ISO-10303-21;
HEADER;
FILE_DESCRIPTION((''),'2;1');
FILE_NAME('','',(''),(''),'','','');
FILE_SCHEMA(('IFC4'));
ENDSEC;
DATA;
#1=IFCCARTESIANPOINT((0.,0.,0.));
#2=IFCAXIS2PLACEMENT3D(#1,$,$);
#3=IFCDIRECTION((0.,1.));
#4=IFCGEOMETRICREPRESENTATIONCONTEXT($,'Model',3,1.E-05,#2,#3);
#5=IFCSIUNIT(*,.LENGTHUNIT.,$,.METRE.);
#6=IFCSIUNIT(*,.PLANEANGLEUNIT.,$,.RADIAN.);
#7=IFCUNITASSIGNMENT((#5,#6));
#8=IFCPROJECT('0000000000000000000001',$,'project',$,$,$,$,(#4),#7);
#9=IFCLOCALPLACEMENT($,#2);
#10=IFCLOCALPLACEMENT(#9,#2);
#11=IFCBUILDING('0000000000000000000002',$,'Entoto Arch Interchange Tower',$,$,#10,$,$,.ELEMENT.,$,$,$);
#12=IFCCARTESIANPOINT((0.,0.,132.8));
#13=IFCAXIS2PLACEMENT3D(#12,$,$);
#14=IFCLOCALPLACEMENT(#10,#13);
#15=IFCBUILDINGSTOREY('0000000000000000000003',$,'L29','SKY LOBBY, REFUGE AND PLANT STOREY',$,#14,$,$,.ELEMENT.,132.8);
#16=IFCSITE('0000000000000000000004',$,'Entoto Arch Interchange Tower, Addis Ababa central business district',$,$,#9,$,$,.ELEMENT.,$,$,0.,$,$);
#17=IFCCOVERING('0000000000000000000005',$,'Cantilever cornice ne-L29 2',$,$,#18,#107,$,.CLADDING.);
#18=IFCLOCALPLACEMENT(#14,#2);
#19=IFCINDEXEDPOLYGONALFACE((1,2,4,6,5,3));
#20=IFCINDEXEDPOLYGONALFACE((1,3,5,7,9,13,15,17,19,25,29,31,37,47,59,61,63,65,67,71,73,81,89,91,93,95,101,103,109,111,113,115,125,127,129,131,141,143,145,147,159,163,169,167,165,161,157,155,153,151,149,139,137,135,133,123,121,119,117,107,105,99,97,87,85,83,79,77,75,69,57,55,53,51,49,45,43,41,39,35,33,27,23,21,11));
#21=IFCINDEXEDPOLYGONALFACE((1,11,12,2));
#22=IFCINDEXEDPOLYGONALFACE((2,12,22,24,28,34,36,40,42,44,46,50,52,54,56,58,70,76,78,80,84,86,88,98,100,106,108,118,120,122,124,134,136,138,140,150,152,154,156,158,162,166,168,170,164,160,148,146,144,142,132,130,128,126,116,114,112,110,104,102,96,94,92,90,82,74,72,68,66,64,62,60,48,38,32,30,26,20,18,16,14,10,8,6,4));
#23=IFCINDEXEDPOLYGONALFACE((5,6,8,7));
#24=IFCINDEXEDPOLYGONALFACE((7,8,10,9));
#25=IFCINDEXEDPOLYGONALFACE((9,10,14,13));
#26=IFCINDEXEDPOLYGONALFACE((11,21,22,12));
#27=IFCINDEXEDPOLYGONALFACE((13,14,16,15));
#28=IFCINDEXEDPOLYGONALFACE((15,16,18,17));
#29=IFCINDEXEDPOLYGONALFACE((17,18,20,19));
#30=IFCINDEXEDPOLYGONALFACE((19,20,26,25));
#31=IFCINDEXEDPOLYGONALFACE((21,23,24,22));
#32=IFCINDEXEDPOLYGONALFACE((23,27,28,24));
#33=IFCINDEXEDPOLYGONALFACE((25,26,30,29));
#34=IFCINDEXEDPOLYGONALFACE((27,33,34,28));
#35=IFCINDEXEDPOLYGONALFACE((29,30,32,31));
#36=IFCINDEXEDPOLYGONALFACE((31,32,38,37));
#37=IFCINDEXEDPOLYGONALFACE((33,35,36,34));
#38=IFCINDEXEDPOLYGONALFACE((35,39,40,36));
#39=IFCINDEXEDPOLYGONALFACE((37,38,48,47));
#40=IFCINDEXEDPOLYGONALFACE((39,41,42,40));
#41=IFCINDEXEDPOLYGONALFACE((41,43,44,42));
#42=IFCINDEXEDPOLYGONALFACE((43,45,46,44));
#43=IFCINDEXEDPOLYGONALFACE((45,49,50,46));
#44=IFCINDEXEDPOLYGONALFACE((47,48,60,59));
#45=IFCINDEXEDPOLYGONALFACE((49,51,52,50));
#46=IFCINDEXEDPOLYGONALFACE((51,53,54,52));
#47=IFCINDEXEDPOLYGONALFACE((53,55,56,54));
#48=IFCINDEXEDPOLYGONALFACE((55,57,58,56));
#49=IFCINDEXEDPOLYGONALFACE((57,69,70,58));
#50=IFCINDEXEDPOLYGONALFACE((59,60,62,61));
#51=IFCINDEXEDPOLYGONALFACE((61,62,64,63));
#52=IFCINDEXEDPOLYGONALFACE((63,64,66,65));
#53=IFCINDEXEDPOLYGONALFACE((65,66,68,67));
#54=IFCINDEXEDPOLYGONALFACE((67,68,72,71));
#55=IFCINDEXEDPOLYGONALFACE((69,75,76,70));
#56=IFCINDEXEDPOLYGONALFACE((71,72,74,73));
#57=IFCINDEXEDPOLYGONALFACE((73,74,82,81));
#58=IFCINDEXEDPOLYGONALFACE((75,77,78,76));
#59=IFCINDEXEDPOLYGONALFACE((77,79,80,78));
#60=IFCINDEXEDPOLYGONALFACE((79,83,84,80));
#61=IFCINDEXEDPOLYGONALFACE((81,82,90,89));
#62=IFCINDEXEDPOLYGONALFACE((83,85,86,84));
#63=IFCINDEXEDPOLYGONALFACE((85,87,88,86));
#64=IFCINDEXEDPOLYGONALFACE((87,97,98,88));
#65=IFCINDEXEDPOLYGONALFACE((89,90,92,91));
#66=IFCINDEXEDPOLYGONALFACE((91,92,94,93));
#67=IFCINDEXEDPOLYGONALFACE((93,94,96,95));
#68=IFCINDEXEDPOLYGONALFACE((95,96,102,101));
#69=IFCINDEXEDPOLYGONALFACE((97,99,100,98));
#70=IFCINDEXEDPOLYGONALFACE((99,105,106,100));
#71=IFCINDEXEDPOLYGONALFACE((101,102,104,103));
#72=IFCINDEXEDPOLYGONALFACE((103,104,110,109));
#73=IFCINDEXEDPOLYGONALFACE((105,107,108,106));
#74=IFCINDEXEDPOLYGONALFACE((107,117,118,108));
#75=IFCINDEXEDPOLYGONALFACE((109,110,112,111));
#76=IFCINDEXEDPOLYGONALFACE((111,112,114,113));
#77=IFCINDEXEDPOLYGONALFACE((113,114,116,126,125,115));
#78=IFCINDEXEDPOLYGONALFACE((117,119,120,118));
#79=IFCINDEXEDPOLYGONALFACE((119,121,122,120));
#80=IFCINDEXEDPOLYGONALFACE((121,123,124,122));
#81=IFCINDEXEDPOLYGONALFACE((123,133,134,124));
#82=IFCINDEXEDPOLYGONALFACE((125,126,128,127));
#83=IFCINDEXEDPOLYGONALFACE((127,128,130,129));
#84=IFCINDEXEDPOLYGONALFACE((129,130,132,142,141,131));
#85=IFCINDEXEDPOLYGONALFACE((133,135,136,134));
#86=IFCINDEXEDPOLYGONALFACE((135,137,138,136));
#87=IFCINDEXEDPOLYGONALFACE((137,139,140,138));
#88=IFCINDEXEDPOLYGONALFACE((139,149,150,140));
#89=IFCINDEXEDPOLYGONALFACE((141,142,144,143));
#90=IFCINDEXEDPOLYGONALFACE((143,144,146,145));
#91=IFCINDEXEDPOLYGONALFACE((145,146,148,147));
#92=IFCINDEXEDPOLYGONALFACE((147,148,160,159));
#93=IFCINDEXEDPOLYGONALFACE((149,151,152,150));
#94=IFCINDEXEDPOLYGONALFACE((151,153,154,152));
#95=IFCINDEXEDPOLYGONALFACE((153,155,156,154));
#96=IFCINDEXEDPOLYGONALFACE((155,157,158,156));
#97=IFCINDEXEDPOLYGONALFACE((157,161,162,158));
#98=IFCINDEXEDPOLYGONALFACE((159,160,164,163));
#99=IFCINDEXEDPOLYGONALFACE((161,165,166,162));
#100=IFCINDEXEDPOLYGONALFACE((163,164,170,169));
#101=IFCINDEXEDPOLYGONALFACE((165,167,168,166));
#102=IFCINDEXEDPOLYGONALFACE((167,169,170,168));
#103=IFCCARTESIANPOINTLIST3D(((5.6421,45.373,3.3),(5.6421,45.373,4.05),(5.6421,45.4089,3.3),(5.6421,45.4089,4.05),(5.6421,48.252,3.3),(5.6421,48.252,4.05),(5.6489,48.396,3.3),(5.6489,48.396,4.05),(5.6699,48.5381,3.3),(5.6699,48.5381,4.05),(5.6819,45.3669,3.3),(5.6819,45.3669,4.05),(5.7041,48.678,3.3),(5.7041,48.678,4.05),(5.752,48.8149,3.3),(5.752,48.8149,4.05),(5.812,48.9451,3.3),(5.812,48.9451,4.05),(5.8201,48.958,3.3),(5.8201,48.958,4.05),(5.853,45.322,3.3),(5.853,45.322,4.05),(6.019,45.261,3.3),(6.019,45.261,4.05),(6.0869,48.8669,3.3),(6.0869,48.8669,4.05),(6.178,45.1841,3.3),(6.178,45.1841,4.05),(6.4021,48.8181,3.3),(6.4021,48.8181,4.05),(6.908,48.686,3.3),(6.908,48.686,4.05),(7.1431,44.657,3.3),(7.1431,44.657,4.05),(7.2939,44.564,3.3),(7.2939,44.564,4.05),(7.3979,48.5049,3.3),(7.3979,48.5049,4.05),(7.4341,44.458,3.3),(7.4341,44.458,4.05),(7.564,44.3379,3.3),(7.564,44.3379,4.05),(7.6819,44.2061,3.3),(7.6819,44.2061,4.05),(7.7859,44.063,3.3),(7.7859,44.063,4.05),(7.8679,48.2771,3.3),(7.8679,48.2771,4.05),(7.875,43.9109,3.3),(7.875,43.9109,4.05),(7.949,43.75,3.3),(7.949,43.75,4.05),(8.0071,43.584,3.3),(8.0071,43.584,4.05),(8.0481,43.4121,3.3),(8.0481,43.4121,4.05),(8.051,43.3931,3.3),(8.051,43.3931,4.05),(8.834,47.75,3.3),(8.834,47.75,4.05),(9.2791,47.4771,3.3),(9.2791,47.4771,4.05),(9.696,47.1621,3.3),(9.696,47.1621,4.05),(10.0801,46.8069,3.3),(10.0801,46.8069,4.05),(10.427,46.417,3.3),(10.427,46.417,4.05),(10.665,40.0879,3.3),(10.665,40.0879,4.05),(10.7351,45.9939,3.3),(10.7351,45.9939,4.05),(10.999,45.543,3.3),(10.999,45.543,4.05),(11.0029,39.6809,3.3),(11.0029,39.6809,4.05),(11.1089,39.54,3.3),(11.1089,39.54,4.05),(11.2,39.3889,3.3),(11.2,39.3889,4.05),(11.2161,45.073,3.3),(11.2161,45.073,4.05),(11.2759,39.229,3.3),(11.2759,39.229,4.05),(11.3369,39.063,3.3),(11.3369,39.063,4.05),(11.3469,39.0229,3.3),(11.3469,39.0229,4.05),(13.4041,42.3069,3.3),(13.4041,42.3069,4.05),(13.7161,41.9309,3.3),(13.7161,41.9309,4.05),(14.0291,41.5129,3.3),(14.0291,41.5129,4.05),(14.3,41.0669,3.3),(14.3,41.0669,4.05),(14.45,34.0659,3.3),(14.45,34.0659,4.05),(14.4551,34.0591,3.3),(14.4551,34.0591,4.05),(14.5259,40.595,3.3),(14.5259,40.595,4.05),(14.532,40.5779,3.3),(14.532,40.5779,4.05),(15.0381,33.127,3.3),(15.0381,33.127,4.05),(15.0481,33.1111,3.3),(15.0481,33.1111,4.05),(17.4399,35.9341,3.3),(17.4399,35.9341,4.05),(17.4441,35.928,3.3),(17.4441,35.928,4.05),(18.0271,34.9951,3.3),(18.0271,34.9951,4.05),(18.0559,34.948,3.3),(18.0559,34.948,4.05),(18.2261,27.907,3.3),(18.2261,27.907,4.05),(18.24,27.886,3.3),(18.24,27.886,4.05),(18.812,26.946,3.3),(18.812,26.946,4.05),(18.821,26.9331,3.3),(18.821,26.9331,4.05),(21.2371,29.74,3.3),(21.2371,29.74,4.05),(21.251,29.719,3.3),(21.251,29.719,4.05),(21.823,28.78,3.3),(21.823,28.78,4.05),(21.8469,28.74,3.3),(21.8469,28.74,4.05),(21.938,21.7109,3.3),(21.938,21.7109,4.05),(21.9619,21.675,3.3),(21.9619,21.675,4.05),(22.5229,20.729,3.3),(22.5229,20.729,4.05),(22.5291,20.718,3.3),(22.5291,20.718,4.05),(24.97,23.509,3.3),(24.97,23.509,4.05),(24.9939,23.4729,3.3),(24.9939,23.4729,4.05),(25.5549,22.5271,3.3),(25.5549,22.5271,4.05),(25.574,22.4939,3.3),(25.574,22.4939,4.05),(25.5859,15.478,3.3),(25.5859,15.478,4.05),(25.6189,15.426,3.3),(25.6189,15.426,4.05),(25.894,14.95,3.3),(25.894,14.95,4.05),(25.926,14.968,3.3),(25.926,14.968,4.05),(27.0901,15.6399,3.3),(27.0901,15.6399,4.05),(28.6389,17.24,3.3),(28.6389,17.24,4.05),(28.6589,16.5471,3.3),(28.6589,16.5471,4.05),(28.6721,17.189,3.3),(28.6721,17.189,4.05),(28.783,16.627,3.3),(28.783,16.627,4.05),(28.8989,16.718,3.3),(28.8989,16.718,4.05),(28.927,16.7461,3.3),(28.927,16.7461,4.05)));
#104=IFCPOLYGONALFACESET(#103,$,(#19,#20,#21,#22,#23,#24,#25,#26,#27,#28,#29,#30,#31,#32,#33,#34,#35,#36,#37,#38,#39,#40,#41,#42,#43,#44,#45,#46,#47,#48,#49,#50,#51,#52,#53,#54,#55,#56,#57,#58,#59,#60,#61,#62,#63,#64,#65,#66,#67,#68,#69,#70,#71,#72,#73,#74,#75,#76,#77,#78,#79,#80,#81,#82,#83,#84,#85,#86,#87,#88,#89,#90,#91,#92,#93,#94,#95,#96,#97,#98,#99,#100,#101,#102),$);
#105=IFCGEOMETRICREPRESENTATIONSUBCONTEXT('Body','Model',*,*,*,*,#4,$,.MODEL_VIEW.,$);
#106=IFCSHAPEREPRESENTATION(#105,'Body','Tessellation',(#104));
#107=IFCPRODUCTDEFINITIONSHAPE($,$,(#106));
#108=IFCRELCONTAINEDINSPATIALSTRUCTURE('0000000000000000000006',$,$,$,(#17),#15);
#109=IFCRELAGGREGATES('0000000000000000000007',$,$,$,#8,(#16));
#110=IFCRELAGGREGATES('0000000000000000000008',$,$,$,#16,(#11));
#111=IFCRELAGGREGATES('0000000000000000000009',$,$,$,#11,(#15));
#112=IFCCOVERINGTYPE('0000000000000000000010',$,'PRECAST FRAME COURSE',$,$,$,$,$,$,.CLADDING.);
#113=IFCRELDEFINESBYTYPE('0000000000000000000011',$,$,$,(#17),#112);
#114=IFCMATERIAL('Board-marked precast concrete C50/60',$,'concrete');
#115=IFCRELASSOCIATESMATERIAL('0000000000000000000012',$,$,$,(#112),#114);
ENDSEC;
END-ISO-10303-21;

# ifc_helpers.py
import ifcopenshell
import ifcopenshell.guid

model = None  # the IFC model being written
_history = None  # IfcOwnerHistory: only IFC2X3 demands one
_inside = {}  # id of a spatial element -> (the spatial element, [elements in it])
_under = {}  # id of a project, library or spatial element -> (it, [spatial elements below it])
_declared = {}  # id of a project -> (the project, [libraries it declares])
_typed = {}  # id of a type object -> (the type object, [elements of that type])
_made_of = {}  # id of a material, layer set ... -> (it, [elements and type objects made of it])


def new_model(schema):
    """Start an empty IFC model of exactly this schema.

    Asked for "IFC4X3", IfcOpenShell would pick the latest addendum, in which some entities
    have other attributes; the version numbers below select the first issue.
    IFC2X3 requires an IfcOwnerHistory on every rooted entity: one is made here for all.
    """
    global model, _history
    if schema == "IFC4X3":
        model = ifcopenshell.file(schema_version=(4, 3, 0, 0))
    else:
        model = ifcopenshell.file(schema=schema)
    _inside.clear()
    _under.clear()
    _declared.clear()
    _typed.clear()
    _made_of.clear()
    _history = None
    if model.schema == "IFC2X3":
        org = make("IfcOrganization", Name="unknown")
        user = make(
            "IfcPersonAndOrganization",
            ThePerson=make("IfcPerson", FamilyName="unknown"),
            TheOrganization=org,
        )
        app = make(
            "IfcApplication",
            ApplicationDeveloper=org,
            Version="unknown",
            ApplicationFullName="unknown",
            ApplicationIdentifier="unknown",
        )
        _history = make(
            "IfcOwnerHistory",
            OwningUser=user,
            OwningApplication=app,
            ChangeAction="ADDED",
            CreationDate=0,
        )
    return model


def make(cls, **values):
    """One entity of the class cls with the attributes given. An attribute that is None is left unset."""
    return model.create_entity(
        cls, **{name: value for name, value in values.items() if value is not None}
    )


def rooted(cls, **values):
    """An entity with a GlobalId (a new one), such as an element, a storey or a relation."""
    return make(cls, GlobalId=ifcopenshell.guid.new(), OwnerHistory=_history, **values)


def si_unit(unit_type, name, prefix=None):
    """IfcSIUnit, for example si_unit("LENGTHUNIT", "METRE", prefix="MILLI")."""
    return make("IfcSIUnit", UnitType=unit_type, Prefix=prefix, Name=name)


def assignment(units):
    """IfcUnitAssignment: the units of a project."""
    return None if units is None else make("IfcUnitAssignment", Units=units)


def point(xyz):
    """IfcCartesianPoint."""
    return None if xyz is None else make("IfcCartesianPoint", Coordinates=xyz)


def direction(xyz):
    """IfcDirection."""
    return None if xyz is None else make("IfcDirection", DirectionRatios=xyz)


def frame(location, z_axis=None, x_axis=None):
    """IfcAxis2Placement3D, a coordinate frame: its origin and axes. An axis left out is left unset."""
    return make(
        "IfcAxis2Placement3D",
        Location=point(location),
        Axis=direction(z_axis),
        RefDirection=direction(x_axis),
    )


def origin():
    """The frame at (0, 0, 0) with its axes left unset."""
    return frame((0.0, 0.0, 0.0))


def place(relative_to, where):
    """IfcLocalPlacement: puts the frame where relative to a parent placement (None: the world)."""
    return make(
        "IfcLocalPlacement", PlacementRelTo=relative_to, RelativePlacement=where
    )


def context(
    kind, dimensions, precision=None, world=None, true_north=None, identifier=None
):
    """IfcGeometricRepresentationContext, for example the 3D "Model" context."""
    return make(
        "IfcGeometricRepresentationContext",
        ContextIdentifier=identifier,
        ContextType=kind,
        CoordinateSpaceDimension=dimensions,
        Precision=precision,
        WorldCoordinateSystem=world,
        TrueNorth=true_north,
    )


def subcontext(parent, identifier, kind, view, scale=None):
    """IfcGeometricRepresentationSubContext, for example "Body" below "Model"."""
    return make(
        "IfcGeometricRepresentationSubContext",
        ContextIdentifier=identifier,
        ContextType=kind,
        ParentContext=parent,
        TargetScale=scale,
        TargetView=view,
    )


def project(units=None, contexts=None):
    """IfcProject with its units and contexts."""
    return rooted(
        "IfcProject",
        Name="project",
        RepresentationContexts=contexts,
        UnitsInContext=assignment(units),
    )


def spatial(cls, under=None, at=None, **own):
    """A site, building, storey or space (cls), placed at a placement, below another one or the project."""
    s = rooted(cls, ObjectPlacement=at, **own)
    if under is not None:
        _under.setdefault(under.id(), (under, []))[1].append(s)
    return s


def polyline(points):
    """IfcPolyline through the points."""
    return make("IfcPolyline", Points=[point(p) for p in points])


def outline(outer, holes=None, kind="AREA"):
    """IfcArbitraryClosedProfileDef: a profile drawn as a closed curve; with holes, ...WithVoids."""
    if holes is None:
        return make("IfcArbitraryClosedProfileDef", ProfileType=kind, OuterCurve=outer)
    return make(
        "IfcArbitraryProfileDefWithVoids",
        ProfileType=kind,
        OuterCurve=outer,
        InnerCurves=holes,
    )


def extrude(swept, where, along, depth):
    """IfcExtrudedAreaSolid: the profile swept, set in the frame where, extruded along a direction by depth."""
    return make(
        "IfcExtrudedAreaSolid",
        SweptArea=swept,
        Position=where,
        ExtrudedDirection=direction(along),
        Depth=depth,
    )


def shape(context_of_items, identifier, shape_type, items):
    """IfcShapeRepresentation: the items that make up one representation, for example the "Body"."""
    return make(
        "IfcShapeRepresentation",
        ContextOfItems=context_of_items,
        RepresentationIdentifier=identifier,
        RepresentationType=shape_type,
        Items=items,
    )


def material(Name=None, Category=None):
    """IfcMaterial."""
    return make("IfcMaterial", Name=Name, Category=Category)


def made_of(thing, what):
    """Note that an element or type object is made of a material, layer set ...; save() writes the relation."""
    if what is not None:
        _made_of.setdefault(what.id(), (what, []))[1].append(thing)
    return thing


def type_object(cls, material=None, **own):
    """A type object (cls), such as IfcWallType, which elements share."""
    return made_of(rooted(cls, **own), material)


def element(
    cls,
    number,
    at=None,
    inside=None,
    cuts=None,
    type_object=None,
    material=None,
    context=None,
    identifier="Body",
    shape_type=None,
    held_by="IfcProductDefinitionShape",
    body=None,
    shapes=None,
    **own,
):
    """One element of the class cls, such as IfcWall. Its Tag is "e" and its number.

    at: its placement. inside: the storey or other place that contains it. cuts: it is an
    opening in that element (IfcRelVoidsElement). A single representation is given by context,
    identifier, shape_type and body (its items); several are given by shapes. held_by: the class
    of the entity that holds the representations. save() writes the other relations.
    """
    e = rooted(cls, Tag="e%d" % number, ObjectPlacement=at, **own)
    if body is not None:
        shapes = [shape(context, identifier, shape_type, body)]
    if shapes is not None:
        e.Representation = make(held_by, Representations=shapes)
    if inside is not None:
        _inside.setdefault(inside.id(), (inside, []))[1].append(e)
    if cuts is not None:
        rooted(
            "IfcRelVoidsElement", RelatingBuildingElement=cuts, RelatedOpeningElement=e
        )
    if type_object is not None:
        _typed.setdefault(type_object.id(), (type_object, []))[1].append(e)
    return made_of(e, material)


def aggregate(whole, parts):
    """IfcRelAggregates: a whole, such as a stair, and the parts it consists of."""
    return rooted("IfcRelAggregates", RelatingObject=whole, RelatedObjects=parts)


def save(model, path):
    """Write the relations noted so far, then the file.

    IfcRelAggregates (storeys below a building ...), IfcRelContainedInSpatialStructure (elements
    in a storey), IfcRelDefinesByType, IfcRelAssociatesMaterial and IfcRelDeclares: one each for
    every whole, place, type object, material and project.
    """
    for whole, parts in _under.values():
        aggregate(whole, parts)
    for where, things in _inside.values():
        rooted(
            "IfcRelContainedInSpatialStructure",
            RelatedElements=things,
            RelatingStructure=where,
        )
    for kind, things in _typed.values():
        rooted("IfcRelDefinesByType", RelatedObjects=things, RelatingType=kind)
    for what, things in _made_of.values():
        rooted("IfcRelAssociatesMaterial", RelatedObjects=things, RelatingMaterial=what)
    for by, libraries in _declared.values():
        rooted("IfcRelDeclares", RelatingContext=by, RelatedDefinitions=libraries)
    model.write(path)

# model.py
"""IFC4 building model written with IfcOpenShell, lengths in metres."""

from ifc_helpers import new_model, si_unit, direction, frame, origin, place, context, subcontext, project, spatial, polyline, outline, extrude, material, type_object, element, save


model = new_model("IFC4")

# Units and contexts
model_context = context("Model", 3, precision=1e-05, world=origin(), true_north=direction((0.0, 1.0)))
body_context = subcontext(model_context, "Body", "Model", "MODEL_VIEW")
ifc_project = project(units=[si_unit("LENGTHUNIT", "METRE"), si_unit("PLANEANGLEUNIT", "RADIAN")], contexts=[model_context])

# Site, building, storey
site_placement = place(None, origin())
site = spatial("IfcSite", under=ifc_project, at=site_placement, Name="Entoto Arch Interchange Tower, Addis Ababa central business district", CompositionType="ELEMENT", RefElevation=0.0)
building_placement = place(site_placement, origin())
building = spatial("IfcBuilding", under=site, at=building_placement, Name="Entoto Arch Interchange Tower", CompositionType="ELEMENT")
storey_placement = place(building_placement, frame((0.0, 0.0, 132.8)))
storey = spatial("IfcBuildingStorey", under=building, at=storey_placement, Name="L29", Description="SKY LOBBY, REFUGE AND PLANT STOREY", CompositionType="ELEMENT", Elevation=132.8)

# Covering
ifc_material_1 = material(Name="Board-marked precast concrete C50/60", Category="concrete")
covering_type_1 = type_object("IfcCoveringType", Name="PRECAST FRAME COURSE", PredefinedType="CLADDING", material=ifc_material_1)
covering_1_placement = place(storey_placement, frame((0.0, 0.0, 3.3)))
element("IfcCovering", 1, at=covering_1_placement, inside=storey, type_object=covering_type_1, Name="Cantilever cornice ne-L29 2", PredefinedType="CLADDING", context=body_context, shape_type="SweptSolid", body=[
    extrude(outline(polyline([(5.6489, 48.396), (5.6699, 48.5381), (5.7041, 48.678), (5.752, 48.8149), (5.812, 48.9451), (5.8201, 48.958), (6.0869, 48.8669), (6.4021, 48.8181), (6.908, 48.686), (7.3979, 48.5049), (7.8679, 48.2771), (8.834, 47.75), (9.2791, 47.4771), (9.696, 47.1621), (10.0801, 46.8069), (10.427, 46.417), (10.7351, 45.9939), (10.999, 45.543), (11.2161, 45.073), (13.4041, 42.3069), (13.7161, 41.9309), (14.0291, 41.5129), (14.3, 41.0669), (14.5259, 40.595), (14.532, 40.5779), (17.4399, 35.9341), (17.4441, 35.928), (18.0271, 34.9951), (18.0559, 34.948), (21.2371, 29.74), (21.251, 29.719), (21.823, 28.78), (21.8469, 28.74), (24.97, 23.509), (24.9939, 23.4729), (25.5549, 22.5271), (25.574, 22.4939), (28.6389, 17.24), (28.6721, 17.189), (28.927, 16.7461), (28.8989, 16.718), (28.783, 16.627), (28.6589, 16.5471), (27.0901, 15.6399), (25.926, 14.968), (25.894, 14.95), (25.6189, 15.426), (25.5859, 15.478), (22.5291, 20.718), (22.5229, 20.729), (21.9619, 21.675), (21.938, 21.7109), (18.821, 26.9331), (18.812, 26.946), (18.24, 27.886), (18.2261, 27.907), (15.0481, 33.1111), (15.0381, 33.127), (14.4551, 34.0591), (14.45, 34.0659), (11.3469, 39.0229), (11.3369, 39.063), (11.2759, 39.229), (11.2, 39.3889), (11.1089, 39.54), (11.0029, 39.6809), (10.665, 40.0879), (8.051, 43.3931), (8.0481, 43.4121), (8.0071, 43.584), (7.949, 43.75), (7.875, 43.9109), (7.7859, 44.063), (7.6819, 44.2061), (7.564, 44.3379), (7.4341, 44.458), (7.2939, 44.564), (7.1431, 44.657), (6.178, 45.1841), (6.019, 45.261), (5.853, 45.322), (5.6819, 45.3669), (5.6421, 45.373), (5.6421, 45.4089), (5.6421, 48.252), (5.6489, 48.396)])), origin(), (0.0, 0.0, 1.0), 0.75),
])

save(model, "model.ifc")
